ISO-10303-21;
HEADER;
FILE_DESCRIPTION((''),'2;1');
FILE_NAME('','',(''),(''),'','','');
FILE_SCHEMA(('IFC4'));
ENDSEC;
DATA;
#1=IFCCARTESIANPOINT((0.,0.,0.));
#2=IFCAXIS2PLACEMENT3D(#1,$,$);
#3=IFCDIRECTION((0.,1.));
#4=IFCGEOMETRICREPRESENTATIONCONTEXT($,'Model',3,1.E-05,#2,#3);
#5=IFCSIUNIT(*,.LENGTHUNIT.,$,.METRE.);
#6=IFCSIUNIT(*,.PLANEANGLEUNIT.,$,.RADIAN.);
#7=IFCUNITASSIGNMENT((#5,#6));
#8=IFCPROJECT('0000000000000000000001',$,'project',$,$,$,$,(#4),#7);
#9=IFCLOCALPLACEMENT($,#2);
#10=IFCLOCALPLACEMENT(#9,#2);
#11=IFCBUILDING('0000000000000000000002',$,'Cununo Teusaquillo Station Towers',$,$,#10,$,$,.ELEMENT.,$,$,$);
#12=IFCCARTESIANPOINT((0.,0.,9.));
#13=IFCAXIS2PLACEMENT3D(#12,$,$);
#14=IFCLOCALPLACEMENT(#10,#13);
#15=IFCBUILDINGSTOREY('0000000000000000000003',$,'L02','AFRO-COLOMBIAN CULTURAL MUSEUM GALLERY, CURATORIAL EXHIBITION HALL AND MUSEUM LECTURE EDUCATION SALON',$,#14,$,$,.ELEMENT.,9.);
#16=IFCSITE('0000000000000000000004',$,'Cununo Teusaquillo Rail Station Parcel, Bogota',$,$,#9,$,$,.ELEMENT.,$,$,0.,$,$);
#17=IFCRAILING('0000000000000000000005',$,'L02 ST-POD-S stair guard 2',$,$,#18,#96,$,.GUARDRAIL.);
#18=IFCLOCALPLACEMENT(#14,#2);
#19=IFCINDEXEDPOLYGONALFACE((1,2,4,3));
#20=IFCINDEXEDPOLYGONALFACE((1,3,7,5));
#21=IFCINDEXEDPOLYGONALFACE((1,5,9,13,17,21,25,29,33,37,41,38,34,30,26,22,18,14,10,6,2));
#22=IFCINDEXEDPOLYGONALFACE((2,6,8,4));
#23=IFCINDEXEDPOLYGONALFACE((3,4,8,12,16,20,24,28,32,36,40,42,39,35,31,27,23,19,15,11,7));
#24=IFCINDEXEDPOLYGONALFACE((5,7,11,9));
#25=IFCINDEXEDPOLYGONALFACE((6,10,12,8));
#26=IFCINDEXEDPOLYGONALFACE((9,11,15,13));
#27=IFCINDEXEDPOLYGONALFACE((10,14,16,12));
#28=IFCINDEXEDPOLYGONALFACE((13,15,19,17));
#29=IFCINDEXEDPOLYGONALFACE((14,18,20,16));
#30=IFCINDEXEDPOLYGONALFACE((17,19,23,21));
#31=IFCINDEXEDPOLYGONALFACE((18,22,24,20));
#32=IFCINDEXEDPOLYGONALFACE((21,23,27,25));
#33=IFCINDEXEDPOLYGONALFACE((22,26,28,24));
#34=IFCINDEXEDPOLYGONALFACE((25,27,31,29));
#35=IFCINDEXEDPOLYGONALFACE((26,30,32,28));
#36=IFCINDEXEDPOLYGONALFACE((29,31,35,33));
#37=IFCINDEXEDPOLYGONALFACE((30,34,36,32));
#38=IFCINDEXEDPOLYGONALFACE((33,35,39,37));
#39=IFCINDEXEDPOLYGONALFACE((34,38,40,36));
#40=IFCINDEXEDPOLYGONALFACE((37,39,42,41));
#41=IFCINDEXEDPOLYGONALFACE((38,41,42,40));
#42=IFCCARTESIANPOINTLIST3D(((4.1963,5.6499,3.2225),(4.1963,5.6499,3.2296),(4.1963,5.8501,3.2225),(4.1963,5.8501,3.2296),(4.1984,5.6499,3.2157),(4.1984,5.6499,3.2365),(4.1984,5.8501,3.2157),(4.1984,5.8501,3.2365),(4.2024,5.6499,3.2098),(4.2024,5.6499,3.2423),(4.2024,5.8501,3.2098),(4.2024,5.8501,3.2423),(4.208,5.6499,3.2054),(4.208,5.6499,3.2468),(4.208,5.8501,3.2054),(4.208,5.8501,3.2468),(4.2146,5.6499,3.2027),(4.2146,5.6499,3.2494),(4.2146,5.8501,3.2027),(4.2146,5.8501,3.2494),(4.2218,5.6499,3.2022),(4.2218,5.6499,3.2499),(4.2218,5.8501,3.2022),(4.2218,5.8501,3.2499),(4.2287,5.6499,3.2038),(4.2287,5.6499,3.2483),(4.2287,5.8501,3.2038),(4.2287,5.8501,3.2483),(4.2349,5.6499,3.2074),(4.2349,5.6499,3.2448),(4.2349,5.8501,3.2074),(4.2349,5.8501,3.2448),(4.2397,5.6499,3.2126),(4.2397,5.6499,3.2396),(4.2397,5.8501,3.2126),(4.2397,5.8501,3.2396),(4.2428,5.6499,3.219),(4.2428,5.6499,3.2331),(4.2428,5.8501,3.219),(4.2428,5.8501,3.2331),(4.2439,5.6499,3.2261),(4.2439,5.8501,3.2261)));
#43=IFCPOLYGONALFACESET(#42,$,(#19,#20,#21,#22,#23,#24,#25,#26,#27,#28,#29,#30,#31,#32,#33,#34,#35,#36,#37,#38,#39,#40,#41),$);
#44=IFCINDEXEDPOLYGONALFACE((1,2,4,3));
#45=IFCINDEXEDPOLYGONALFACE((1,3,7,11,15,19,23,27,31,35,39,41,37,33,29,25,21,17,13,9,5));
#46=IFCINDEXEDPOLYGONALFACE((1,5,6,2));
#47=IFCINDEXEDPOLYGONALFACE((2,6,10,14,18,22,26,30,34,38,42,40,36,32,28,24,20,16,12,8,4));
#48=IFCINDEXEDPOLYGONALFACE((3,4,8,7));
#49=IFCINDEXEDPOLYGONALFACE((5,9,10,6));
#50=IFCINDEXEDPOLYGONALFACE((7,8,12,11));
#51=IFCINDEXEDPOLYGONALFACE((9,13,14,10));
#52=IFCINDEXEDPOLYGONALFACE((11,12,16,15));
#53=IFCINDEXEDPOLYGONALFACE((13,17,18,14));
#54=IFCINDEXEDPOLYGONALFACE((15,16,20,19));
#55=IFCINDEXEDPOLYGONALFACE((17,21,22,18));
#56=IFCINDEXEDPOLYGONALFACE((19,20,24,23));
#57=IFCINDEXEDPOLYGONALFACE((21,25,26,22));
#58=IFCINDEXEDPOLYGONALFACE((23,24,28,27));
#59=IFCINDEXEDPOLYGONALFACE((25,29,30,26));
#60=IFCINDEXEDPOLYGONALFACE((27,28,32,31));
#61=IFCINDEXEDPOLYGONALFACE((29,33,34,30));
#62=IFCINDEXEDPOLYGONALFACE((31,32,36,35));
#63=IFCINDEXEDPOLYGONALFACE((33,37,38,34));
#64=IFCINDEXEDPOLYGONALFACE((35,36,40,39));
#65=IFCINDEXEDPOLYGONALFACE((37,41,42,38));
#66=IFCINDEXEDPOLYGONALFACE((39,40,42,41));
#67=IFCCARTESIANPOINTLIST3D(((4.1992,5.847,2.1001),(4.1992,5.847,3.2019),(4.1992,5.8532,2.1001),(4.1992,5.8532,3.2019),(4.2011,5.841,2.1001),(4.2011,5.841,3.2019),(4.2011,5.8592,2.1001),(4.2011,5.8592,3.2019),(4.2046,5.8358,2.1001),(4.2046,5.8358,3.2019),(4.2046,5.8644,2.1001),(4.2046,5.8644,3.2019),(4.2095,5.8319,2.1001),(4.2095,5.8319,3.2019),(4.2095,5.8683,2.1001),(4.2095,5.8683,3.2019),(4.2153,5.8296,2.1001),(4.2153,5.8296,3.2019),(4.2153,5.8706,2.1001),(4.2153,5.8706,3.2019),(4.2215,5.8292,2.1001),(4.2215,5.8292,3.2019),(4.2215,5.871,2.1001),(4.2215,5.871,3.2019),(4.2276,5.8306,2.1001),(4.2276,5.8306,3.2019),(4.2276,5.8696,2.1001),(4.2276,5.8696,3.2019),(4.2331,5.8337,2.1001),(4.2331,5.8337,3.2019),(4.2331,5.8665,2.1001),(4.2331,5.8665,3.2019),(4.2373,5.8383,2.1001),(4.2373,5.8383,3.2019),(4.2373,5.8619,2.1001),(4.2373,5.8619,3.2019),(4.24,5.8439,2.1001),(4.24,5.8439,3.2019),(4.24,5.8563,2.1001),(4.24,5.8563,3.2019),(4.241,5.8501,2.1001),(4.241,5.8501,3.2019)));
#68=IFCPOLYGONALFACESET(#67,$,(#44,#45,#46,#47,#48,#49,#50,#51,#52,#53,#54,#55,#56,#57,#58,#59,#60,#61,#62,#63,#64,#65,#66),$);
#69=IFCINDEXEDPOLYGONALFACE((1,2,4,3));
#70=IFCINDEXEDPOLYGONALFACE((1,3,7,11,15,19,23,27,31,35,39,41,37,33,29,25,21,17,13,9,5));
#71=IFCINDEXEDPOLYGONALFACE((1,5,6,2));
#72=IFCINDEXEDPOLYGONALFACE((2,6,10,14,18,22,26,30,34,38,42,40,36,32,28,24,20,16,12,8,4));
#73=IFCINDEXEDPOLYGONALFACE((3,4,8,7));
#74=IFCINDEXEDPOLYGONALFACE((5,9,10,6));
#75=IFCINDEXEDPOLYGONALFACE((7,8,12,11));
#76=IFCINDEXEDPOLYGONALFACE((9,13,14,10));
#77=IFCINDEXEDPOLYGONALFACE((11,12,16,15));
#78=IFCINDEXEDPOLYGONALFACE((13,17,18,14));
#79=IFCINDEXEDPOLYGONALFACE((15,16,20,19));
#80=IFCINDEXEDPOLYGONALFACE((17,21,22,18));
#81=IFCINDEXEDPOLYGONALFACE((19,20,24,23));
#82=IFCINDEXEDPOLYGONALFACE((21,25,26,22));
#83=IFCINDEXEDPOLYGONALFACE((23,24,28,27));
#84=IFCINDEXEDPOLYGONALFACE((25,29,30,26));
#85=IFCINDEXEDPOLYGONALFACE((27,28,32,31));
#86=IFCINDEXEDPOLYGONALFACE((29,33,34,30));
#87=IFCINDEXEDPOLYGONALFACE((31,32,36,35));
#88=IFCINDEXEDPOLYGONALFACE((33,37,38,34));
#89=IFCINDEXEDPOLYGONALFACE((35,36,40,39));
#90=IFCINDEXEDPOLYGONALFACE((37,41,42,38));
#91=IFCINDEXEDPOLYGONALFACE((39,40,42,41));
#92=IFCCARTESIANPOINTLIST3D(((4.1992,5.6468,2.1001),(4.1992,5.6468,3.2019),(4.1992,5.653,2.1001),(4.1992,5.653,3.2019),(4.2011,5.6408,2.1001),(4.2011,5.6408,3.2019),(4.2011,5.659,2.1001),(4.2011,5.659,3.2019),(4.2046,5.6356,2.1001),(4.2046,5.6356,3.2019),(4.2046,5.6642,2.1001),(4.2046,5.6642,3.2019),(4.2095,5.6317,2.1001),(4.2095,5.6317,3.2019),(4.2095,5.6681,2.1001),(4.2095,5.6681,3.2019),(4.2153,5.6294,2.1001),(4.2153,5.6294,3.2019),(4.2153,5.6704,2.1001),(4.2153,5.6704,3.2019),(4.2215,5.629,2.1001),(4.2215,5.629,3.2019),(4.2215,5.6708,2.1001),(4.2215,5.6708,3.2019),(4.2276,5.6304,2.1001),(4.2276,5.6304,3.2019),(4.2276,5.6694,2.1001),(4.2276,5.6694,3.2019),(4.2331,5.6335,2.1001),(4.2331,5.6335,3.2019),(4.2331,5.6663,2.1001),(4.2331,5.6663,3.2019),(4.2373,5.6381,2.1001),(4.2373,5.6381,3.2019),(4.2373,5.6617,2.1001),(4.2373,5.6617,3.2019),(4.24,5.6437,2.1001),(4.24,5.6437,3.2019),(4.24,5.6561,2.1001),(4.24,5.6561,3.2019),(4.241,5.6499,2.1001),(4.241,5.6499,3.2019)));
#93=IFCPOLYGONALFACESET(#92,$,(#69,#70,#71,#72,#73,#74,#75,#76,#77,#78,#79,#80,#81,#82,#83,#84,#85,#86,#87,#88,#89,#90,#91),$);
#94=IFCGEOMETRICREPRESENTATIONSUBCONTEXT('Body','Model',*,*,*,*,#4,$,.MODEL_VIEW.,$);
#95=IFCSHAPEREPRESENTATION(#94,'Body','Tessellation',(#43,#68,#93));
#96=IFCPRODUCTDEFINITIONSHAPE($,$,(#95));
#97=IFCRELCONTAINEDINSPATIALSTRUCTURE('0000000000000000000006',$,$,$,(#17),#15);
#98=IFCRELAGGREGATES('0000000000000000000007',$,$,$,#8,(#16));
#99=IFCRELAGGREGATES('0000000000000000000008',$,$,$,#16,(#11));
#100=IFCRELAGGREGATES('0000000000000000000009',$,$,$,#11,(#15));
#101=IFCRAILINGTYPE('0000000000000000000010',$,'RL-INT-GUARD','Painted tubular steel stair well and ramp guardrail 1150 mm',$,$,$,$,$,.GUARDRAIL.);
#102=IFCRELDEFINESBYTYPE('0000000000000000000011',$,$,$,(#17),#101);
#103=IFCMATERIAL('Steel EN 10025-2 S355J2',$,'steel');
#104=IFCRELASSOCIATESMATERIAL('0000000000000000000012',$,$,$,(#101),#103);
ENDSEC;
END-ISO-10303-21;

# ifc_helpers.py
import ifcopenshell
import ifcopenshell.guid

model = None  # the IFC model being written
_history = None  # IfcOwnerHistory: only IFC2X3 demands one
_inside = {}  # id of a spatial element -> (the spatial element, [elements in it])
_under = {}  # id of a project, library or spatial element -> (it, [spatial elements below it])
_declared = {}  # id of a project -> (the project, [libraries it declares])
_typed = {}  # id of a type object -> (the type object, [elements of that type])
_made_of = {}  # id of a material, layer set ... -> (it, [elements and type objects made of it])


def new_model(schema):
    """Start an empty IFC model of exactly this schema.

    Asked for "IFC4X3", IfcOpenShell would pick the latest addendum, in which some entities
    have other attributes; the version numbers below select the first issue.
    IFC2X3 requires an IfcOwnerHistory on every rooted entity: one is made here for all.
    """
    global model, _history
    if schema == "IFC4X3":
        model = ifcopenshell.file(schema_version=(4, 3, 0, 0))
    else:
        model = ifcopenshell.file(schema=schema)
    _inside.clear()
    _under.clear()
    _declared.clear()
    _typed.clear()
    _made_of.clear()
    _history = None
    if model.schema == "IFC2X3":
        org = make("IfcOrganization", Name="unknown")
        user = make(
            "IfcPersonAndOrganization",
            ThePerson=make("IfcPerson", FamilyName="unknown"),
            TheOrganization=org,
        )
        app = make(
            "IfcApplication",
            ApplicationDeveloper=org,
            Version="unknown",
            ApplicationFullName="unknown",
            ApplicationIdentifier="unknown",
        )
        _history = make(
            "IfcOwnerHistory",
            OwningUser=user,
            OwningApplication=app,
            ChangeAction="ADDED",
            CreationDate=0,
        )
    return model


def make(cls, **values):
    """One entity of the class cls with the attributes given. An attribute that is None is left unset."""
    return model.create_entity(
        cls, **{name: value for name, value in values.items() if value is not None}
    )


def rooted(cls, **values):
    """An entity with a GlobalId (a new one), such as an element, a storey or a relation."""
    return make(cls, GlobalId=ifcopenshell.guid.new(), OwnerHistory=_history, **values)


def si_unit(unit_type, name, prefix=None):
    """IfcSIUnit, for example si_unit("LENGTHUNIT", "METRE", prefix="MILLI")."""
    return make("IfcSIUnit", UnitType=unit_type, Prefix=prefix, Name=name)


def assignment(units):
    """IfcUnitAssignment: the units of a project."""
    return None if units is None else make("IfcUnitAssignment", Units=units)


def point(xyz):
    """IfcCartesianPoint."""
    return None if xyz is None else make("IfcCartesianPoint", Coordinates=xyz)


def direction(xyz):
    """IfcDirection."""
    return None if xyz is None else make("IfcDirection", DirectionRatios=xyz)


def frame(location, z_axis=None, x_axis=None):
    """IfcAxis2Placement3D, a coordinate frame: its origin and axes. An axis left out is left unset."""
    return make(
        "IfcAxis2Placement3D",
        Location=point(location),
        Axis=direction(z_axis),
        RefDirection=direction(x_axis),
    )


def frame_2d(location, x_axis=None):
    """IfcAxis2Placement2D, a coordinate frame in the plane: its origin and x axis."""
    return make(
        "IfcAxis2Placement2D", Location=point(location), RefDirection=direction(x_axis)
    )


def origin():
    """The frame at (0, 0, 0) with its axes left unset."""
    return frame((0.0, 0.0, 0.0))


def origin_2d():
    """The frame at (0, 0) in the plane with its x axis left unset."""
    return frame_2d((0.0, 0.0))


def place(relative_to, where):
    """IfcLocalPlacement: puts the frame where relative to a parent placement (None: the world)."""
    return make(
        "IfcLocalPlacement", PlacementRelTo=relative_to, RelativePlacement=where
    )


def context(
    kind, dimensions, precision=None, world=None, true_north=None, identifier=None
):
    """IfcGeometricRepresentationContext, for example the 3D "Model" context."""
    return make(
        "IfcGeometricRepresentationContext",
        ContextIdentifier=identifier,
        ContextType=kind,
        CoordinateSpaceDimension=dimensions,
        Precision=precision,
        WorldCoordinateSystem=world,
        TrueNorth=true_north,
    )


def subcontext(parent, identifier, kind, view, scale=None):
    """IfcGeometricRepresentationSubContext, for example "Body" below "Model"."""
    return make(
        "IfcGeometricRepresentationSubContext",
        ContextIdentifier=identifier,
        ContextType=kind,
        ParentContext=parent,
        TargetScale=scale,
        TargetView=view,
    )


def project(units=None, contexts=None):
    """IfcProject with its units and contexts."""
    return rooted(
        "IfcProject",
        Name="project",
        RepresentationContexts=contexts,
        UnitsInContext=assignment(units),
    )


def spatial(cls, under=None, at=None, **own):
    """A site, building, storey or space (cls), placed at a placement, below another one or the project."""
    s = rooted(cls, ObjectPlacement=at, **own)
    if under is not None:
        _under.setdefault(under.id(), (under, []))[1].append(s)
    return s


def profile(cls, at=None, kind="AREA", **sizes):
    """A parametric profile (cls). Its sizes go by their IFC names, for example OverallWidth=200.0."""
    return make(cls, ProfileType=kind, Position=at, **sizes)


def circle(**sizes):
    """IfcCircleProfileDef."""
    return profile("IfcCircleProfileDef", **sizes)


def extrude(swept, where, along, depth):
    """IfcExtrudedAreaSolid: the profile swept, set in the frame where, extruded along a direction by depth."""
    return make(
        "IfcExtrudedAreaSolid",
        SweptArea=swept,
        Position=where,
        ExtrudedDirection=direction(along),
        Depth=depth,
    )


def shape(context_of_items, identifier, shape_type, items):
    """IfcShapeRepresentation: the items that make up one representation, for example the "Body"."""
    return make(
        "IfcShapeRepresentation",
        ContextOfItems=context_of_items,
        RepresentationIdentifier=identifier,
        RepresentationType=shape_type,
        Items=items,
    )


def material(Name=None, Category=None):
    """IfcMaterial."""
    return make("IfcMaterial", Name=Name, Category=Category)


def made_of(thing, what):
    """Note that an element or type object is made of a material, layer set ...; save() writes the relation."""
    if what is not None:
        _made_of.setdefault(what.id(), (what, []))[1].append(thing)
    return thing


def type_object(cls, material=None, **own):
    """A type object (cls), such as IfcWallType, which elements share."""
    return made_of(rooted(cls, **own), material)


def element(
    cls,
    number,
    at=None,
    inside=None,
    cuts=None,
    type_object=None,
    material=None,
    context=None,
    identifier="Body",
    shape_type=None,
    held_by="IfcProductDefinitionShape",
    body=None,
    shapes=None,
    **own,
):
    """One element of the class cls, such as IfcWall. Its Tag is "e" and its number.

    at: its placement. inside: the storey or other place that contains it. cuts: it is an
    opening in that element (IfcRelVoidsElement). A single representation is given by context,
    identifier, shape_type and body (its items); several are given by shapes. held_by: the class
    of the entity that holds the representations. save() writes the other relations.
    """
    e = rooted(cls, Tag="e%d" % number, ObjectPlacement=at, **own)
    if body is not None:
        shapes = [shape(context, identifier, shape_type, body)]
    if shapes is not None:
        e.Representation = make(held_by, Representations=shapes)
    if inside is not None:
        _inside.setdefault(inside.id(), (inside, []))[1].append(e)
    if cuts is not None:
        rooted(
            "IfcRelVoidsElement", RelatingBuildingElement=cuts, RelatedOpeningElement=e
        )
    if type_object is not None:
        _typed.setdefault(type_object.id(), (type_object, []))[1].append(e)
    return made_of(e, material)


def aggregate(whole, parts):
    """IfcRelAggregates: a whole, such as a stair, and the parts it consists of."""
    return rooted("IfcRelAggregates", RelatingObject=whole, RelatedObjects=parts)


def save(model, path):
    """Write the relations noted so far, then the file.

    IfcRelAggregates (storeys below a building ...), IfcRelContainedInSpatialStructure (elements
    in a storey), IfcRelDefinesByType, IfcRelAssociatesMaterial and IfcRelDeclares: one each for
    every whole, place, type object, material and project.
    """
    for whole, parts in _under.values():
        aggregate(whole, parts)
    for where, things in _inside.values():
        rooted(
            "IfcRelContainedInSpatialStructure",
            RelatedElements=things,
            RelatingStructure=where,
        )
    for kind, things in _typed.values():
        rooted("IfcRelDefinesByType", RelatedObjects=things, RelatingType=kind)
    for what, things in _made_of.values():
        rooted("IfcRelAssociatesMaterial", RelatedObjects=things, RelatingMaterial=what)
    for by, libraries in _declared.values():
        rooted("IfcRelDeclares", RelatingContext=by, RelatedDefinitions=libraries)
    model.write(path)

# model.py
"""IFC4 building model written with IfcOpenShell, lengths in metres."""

from ifc_helpers import new_model, si_unit, direction, frame, origin, origin_2d, place, context, subcontext, project, spatial, circle, extrude, material, type_object, element, save


model = new_model("IFC4")

# Units and contexts
model_context = context("Model", 3, precision=1e-05, world=origin(), true_north=direction((0.0, 1.0)))
body_context = subcontext(model_context, "Body", "Model", "MODEL_VIEW")
ifc_project = project(units=[si_unit("LENGTHUNIT", "METRE"), si_unit("PLANEANGLEUNIT", "RADIAN")], contexts=[model_context])

# Site, building, storey
site_placement = place(None, origin())
site = spatial("IfcSite", under=ifc_project, at=site_placement, Name="Cununo Teusaquillo Rail Station Parcel, Bogota", CompositionType="ELEMENT", RefElevation=0.0)
building_placement = place(site_placement, origin())
building = spatial("IfcBuilding", under=site, at=building_placement, Name="Cununo Teusaquillo Station Towers", CompositionType="ELEMENT")
storey_placement = place(building_placement, frame((0.0, 0.0, 9.0)))
storey = spatial("IfcBuildingStorey", under=building, at=storey_placement, Name="L02", Description="AFRO-COLOMBIAN CULTURAL MUSEUM GALLERY, CURATORIAL EXHIBITION HALL AND MUSEUM LECTURE EDUCATION SALON", CompositionType="ELEMENT", Elevation=9.0)

# Railing
ifc_material_1 = material(Name="Steel EN 10025-2 S355J2", Category="steel")
railing_type_1 = type_object("IfcRailingType", Name="RL-INT-GUARD", Description="Painted tubular steel stair well and ramp guardrail 1150 mm", PredefinedType="GUARDRAIL", material=ifc_material_1)
railing_1_placement = place(storey_placement, frame((4.22, 5.8501, 2.1001)))
element("IfcRailing", 1, at=railing_1_placement, inside=storey, type_object=railing_type_1, Name="L02 ST-POD-S stair guard 2", PredefinedType="GUARDRAIL", context=body_context, shape_type="SweptSolid", body=[
    extrude(circle(Radius=0.0239, at=origin_2d()), frame((0.0, 0.0, 1.126), z_axis=(0.0, -1.0, 0.0), x_axis=(1.0, 0.0, 0.0)), (0.0, 0.0, 1.0), 0.2002),
    extrude(circle(Radius=0.021, at=origin_2d()), origin(), (0.0, 0.0, 1.0), 1.1018),
    extrude(circle(Radius=0.021, at=origin_2d()), frame((0.0, -0.2002, 0.0)), (0.0, 0.0, 1.0), 1.1018),
])

save(model, "model.ifc")
